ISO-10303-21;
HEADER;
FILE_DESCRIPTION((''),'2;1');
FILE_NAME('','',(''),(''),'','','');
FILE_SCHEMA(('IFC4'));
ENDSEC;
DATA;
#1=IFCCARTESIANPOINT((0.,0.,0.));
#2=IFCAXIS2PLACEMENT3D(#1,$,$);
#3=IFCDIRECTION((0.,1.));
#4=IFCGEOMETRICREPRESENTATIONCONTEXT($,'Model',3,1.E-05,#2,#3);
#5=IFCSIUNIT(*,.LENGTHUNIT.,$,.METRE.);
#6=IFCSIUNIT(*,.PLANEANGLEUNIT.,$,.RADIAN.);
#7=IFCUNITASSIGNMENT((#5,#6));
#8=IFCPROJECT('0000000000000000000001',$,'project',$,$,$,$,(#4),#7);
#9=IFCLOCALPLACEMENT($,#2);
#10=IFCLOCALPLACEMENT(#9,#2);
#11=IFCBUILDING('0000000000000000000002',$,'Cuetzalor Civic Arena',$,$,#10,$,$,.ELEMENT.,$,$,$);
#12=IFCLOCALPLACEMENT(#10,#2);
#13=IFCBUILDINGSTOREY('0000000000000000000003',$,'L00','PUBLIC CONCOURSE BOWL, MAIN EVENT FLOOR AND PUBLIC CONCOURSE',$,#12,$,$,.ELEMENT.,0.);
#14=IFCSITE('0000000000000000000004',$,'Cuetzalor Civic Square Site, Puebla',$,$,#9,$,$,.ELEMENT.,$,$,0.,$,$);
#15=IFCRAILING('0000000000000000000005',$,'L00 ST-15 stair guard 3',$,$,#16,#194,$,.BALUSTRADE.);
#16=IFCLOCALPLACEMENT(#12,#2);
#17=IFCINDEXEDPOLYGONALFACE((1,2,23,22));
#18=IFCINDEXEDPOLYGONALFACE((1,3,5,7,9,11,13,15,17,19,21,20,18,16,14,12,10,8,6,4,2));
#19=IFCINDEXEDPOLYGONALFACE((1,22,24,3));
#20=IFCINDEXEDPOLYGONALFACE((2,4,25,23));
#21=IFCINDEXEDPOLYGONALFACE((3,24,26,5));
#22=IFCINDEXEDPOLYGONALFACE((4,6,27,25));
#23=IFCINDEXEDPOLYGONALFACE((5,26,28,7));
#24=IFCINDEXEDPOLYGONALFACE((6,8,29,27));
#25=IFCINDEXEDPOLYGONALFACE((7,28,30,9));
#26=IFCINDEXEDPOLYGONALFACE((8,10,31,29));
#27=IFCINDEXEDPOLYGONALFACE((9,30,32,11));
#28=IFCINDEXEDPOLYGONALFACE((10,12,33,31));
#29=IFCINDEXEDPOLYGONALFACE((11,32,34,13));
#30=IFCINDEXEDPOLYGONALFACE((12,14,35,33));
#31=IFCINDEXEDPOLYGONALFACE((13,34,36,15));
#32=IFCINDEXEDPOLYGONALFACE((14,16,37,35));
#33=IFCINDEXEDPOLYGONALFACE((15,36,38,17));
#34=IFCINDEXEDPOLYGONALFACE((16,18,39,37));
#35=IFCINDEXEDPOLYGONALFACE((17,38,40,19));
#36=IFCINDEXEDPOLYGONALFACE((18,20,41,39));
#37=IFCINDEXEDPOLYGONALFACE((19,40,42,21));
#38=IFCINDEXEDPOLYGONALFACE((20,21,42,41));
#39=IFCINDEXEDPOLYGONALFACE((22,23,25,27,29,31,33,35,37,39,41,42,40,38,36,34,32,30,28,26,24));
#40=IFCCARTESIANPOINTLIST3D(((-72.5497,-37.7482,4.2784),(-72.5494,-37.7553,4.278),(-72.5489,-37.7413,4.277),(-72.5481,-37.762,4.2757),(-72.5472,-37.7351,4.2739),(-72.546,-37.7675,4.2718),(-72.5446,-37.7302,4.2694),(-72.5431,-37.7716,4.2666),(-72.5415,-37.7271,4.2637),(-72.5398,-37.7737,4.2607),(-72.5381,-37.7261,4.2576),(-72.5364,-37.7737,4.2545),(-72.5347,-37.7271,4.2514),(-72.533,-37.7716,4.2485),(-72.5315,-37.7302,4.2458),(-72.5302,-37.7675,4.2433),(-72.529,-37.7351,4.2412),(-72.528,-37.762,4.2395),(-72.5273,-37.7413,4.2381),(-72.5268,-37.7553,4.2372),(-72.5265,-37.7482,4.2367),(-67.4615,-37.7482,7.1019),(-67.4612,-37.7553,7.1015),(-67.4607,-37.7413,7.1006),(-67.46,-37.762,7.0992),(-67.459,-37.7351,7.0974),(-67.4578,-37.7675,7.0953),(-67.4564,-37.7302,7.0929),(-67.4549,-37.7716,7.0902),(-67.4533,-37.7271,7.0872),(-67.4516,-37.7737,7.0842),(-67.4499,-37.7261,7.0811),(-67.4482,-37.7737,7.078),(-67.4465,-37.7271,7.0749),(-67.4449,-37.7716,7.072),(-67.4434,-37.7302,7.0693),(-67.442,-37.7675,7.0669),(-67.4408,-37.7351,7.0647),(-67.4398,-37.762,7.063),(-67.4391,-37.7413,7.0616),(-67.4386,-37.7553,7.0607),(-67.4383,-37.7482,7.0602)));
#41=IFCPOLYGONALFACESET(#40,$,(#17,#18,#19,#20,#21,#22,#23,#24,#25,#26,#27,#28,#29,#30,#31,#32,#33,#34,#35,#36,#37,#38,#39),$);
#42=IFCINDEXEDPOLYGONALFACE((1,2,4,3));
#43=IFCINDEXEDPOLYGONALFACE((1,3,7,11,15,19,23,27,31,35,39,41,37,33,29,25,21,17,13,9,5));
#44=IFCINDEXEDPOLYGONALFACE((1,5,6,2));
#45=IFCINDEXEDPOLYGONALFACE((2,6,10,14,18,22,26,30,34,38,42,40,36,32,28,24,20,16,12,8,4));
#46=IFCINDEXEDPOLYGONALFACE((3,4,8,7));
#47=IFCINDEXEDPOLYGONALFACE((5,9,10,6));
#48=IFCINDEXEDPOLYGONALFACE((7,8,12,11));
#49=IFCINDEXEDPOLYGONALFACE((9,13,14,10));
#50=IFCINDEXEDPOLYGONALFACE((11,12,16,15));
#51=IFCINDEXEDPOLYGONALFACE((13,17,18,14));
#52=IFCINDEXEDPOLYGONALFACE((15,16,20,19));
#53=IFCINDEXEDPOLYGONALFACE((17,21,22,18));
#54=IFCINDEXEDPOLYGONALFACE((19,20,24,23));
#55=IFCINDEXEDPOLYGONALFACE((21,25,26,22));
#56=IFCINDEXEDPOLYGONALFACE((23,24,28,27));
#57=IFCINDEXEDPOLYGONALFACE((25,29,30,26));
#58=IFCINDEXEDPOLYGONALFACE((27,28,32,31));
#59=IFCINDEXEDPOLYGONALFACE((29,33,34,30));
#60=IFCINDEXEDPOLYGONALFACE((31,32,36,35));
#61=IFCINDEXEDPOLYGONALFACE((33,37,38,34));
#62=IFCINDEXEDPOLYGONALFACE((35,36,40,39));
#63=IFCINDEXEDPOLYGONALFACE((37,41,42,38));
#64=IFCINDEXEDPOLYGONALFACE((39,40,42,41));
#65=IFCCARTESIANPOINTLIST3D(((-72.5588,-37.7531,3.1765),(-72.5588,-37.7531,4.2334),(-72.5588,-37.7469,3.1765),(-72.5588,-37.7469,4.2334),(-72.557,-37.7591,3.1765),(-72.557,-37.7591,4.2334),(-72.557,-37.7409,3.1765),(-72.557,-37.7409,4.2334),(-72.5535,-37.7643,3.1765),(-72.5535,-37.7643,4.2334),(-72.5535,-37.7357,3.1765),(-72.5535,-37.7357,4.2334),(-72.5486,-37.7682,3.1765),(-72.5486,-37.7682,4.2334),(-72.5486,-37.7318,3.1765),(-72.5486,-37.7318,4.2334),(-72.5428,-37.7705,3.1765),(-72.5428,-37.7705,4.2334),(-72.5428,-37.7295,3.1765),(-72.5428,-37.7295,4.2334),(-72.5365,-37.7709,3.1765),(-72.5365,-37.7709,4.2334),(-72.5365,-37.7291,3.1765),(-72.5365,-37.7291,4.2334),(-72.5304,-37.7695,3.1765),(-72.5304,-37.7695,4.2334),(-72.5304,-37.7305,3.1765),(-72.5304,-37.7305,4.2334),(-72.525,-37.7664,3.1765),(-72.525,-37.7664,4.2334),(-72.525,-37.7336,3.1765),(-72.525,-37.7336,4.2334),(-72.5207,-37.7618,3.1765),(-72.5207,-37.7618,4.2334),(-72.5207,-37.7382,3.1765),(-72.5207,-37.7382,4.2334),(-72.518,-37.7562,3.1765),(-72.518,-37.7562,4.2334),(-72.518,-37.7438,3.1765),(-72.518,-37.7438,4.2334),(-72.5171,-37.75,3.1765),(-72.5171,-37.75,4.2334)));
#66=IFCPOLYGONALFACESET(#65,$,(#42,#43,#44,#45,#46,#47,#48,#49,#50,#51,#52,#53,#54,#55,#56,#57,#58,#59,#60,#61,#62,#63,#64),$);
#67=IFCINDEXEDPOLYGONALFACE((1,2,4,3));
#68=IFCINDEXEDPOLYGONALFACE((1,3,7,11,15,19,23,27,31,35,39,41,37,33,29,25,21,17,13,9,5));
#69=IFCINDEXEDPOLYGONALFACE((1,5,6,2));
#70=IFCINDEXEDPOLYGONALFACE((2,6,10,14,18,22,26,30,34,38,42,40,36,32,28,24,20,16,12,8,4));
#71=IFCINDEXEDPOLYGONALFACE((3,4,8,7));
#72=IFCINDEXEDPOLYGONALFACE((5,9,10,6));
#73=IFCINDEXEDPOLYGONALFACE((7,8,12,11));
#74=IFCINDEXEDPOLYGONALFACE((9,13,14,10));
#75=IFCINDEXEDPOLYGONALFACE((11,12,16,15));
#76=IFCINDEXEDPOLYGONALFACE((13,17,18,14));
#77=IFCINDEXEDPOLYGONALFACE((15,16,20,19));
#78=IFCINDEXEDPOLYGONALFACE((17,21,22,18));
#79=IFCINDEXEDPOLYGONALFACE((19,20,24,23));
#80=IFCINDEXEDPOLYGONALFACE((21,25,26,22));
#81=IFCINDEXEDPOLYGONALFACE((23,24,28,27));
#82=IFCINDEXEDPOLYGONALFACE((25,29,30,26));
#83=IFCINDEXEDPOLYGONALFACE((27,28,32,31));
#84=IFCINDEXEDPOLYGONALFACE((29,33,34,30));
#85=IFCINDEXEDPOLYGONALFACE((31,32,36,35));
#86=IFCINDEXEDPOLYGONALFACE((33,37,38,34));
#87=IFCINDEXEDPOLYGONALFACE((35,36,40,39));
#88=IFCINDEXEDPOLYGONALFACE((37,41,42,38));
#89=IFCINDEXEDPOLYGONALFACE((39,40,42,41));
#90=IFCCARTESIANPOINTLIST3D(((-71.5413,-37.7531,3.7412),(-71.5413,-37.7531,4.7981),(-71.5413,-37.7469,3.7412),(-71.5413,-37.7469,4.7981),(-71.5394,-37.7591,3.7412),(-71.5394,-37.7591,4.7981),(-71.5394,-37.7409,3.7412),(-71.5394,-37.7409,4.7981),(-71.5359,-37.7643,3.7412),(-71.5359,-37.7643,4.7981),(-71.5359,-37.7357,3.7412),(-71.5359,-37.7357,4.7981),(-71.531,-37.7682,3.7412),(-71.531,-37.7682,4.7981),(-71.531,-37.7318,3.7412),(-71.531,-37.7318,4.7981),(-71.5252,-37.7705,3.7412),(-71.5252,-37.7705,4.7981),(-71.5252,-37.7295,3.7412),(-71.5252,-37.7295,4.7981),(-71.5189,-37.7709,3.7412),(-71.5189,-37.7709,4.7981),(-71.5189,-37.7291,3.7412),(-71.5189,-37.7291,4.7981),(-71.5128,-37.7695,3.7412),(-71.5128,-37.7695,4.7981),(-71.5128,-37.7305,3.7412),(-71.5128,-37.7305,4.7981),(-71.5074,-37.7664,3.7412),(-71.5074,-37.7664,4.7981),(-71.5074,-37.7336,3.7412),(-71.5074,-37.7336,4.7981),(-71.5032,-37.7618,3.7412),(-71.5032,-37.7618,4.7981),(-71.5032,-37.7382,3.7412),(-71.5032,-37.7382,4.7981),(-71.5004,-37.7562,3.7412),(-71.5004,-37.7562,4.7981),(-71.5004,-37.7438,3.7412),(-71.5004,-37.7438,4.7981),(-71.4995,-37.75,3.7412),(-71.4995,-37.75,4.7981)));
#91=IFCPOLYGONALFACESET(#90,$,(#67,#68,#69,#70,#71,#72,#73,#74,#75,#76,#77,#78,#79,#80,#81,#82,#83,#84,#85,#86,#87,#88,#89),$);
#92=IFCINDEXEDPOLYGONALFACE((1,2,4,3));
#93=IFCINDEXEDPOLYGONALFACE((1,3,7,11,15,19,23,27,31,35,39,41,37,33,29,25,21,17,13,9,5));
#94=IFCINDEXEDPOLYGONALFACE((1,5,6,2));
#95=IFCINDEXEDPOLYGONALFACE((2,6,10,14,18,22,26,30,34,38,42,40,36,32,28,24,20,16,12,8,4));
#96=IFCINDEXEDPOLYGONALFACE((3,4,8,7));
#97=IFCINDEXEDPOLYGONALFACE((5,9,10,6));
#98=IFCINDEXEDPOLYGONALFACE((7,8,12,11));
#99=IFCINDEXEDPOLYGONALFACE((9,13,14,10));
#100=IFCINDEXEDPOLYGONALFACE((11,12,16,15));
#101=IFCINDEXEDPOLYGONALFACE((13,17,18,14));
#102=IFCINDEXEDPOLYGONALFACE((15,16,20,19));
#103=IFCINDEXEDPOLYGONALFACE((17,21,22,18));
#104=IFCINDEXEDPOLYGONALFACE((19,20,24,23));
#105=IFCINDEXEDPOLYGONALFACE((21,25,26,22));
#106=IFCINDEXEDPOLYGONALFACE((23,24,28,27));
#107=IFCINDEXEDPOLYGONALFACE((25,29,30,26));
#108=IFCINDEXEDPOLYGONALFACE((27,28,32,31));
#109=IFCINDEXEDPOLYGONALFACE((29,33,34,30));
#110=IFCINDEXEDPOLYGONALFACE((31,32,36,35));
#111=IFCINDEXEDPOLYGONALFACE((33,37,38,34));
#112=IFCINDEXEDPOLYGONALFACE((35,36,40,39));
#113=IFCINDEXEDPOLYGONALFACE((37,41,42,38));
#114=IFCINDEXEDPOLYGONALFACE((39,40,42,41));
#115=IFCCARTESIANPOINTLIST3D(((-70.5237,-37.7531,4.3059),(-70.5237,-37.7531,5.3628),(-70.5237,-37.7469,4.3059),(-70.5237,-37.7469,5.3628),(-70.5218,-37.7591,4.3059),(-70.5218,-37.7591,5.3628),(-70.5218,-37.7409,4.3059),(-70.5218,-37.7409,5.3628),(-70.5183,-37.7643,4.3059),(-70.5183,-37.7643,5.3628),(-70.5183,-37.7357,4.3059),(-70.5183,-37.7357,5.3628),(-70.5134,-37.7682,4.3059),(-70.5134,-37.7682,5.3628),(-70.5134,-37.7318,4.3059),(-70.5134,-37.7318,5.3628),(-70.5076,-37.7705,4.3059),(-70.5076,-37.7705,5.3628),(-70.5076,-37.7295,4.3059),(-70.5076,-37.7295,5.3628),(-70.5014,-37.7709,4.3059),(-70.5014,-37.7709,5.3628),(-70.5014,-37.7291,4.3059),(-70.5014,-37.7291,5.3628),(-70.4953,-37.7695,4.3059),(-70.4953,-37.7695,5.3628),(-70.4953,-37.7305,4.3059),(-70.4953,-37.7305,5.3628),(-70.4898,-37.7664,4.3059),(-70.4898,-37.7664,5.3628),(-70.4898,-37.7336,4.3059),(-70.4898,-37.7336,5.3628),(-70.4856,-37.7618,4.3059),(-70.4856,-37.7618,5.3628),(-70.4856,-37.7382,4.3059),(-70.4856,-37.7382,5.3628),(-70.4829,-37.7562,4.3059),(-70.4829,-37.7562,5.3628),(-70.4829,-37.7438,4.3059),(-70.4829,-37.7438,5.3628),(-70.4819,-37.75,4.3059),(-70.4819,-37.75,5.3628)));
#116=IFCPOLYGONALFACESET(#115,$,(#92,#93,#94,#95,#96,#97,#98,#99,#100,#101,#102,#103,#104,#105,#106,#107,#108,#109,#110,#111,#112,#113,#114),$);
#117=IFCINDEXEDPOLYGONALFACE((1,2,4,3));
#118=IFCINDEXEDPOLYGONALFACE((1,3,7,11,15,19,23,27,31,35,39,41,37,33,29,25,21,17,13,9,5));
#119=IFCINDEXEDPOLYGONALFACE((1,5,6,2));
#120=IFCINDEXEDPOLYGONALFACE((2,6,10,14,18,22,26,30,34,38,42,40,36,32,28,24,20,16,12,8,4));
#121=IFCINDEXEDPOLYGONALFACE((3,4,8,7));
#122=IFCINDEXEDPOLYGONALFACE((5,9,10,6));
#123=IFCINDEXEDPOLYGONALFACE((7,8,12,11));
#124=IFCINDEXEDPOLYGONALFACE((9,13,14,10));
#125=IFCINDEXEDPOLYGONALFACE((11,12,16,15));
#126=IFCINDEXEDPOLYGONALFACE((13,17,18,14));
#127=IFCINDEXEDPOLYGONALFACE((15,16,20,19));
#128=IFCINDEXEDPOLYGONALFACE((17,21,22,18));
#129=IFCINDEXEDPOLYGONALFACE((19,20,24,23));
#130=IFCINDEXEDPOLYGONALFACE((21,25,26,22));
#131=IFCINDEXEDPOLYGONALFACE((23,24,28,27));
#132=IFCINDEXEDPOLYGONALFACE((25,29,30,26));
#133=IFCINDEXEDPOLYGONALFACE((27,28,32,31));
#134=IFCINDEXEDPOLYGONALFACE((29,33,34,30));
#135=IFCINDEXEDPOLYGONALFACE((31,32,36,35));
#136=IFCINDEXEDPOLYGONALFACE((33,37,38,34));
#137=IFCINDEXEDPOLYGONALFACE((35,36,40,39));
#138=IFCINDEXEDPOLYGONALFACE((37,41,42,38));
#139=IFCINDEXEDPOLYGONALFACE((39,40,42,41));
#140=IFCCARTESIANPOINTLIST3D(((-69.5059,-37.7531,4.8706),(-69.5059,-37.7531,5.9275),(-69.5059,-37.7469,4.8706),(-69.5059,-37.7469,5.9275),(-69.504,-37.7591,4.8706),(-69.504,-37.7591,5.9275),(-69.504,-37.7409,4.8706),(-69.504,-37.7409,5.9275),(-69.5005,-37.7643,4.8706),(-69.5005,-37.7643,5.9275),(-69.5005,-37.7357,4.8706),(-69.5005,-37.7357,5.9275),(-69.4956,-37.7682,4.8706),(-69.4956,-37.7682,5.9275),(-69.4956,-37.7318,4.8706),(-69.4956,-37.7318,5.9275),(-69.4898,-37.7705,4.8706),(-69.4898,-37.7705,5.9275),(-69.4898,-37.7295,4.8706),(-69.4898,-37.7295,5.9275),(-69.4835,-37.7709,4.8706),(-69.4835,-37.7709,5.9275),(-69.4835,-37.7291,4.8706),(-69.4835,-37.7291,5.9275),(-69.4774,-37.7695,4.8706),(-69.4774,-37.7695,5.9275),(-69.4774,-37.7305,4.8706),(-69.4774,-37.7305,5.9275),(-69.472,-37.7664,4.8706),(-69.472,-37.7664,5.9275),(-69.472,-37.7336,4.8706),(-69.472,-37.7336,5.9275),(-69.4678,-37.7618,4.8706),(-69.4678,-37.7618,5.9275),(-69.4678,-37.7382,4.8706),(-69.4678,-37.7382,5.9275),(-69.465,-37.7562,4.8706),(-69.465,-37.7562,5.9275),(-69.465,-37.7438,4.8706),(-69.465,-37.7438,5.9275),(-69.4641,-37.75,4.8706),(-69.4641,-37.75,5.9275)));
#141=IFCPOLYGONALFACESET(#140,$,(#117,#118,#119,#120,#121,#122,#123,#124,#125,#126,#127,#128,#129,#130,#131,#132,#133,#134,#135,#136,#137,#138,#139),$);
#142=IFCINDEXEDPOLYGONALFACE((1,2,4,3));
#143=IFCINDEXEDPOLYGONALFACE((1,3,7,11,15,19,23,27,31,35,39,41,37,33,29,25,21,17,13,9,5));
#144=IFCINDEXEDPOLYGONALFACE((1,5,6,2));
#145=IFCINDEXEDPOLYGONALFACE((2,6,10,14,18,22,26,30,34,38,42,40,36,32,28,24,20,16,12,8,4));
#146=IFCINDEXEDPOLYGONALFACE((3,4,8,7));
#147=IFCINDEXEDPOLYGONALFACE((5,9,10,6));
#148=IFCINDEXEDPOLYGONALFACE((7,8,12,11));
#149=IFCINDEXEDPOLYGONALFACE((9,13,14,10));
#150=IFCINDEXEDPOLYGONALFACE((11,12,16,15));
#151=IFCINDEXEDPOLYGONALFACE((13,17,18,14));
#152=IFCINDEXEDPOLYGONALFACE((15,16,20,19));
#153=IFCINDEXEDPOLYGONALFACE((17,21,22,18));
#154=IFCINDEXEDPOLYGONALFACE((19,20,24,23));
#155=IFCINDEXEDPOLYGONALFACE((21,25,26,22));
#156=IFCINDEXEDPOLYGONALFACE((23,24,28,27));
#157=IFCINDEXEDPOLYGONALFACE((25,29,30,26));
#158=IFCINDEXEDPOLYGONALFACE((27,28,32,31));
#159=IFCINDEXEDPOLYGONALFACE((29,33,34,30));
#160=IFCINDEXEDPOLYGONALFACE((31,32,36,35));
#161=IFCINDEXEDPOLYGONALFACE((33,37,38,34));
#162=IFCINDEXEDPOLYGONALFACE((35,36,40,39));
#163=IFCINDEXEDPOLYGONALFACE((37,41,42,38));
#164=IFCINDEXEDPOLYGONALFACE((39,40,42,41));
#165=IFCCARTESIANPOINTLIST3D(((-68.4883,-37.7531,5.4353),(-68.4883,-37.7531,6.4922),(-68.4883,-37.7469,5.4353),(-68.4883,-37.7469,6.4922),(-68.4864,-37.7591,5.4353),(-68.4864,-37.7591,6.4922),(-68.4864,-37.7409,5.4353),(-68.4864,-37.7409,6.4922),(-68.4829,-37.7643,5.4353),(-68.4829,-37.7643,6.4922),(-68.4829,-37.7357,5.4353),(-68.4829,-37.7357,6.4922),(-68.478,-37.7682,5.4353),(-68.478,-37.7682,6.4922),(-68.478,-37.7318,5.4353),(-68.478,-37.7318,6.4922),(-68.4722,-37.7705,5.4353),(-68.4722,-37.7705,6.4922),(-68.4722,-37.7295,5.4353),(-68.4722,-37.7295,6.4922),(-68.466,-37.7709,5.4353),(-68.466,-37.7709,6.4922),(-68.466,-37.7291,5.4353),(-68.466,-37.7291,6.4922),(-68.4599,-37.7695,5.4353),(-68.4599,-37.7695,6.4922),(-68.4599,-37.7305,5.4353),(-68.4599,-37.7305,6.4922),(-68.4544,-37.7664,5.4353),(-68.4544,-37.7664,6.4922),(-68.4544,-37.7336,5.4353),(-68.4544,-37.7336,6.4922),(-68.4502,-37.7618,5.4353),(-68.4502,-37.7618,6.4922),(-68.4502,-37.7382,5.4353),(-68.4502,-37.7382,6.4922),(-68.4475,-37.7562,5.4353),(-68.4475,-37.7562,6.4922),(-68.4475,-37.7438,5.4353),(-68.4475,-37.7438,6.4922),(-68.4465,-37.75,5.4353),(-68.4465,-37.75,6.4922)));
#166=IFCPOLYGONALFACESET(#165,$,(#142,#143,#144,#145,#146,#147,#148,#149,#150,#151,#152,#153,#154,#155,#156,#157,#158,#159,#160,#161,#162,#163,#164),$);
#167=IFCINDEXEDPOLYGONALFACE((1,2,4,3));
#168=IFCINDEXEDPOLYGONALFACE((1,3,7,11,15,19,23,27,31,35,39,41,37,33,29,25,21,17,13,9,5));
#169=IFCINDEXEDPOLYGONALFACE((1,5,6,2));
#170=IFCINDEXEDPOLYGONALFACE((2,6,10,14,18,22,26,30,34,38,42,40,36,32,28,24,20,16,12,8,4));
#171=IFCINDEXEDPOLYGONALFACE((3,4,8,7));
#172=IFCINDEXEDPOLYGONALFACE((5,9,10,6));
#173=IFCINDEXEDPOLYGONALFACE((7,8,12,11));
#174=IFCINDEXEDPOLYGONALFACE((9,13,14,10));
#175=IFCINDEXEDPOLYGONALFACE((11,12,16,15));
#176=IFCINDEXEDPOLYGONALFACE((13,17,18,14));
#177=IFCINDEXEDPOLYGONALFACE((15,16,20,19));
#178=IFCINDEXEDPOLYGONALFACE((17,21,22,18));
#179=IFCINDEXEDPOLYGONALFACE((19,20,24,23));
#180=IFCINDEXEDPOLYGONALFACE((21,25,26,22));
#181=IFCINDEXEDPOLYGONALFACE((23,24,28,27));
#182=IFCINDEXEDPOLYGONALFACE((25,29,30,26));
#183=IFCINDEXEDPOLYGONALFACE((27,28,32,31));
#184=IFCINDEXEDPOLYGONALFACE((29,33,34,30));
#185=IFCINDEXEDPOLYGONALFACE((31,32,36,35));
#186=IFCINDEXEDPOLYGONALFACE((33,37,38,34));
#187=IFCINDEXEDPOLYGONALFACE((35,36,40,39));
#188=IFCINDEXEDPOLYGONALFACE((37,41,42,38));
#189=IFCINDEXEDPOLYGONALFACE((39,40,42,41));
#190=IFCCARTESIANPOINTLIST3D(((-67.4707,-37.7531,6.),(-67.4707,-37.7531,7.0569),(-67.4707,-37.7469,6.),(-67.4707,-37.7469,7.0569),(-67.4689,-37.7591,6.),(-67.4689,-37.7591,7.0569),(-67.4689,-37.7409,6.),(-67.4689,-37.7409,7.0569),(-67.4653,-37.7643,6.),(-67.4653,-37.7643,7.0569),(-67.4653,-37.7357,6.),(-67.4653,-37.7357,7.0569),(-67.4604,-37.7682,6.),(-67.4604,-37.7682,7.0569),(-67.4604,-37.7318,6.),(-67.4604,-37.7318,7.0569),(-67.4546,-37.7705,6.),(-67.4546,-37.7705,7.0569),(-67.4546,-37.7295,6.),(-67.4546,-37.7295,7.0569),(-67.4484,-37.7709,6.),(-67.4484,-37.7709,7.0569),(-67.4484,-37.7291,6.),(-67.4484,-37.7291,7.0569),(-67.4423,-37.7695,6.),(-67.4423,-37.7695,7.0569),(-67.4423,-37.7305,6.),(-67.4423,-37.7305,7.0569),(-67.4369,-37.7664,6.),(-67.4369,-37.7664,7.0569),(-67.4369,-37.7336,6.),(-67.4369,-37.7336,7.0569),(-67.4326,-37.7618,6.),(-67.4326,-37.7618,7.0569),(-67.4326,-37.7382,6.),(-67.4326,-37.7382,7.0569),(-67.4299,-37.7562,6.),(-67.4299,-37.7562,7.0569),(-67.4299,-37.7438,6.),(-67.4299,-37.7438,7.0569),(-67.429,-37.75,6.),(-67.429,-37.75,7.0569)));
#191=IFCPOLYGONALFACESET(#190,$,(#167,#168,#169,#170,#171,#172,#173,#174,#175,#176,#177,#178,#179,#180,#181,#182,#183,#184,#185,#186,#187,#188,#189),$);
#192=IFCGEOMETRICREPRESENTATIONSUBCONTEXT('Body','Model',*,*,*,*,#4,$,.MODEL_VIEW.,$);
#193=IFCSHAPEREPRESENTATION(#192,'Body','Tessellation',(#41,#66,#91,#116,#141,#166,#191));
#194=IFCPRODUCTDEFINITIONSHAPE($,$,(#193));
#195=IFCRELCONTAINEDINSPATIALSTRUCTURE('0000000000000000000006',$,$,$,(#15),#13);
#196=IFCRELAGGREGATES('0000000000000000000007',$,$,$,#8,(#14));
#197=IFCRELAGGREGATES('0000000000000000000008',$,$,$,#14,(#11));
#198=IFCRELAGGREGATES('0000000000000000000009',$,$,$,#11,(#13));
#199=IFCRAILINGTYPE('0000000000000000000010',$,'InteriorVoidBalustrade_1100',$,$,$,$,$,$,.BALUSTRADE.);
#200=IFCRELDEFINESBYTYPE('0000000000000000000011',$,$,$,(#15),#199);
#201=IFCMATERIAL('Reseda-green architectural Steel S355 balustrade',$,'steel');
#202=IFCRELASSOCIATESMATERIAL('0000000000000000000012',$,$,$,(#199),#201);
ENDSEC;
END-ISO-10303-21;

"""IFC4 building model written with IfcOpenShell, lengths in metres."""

from ifc_helpers import new_model, si_unit, direction, frame, origin, origin_2d, place, context, subcontext, project, spatial, circle, extrude, material, type_object, element, save


model = new_model("IFC4")

# Units and contexts
model_context = context("Model", 3, precision=1e-05, world=origin(), true_north=direction((0.0, 1.0)))
body_context = subcontext(model_context, "Body", "Model", "MODEL_VIEW")
ifc_project = project(units=[si_unit("LENGTHUNIT", "METRE"), si_unit("PLANEANGLEUNIT", "RADIAN")], contexts=[model_context])

# Site, building, storey
site_placement = place(None, origin())
site = spatial("IfcSite", under=ifc_project, at=site_placement, Name="Cuetzalor Civic Square Site, Puebla", CompositionType="ELEMENT", RefElevation=0.0)
building_placement = place(site_placement, origin())
building = spatial("IfcBuilding", under=site, at=building_placement, Name="Cuetzalor Civic Arena", CompositionType="ELEMENT")
storey_placement = place(building_placement, origin())
storey = spatial("IfcBuildingStorey", under=building, at=storey_placement, Name="L00", Description="PUBLIC CONCOURSE BOWL, MAIN EVENT FLOOR AND PUBLIC CONCOURSE", CompositionType="ELEMENT", Elevation=0.0)

# Railing
ifc_material_1 = material(Name="Reseda-green architectural Steel S355 balustrade", Category="steel")
railing_type_1 = type_object("IfcRailingType", Name="InteriorVoidBalustrade_1100", PredefinedType="BALUSTRADE", material=ifc_material_1)
railing_1_placement = place(storey_placement, frame((-72.5381, -37.75, 3.1765)))
element("IfcRailing", 1, at=railing_1_placement, inside=storey, type_object=railing_type_1, Name="L00 ST-15 stair guard 3", PredefinedType="BALUSTRADE", context=body_context, shape_type="SweptSolid", body=[
    extrude(circle(Radius=0.0239, at=origin_2d()), frame((0.0, 0.0, 1.0811), z_axis=(0.874395, 0.0, 0.485215), x_axis=(0.0, 1.0, 0.0)), (0.0, 0.0, 1.0), 5.8191),
    extrude(circle(Radius=0.021, at=origin_2d()), origin(), (0.0, 0.0, 1.0), 1.0569),
    extrude(circle(Radius=0.021, at=origin_2d()), frame((1.0176, 0.0, 0.5647)), (0.0, 0.0, 1.0), 1.0569),
    extrude(circle(Radius=0.021, at=origin_2d()), frame((2.0352, 0.0, 1.1294)), (0.0, 0.0, 1.0), 1.0569),
    extrude(circle(Radius=0.021, at=origin_2d()), frame((3.053, 0.0, 1.6941)), (0.0, 0.0, 1.0), 1.0569),
    extrude(circle(Radius=0.021, at=origin_2d()), frame((4.0706, 0.0, 2.2588)), (0.0, 0.0, 1.0), 1.0569),
    extrude(circle(Radius=0.021, at=origin_2d()), frame((5.0881, 0.0, 2.8235)), (0.0, 0.0, 1.0), 1.0569),
])

save(model, "model.ifc")
